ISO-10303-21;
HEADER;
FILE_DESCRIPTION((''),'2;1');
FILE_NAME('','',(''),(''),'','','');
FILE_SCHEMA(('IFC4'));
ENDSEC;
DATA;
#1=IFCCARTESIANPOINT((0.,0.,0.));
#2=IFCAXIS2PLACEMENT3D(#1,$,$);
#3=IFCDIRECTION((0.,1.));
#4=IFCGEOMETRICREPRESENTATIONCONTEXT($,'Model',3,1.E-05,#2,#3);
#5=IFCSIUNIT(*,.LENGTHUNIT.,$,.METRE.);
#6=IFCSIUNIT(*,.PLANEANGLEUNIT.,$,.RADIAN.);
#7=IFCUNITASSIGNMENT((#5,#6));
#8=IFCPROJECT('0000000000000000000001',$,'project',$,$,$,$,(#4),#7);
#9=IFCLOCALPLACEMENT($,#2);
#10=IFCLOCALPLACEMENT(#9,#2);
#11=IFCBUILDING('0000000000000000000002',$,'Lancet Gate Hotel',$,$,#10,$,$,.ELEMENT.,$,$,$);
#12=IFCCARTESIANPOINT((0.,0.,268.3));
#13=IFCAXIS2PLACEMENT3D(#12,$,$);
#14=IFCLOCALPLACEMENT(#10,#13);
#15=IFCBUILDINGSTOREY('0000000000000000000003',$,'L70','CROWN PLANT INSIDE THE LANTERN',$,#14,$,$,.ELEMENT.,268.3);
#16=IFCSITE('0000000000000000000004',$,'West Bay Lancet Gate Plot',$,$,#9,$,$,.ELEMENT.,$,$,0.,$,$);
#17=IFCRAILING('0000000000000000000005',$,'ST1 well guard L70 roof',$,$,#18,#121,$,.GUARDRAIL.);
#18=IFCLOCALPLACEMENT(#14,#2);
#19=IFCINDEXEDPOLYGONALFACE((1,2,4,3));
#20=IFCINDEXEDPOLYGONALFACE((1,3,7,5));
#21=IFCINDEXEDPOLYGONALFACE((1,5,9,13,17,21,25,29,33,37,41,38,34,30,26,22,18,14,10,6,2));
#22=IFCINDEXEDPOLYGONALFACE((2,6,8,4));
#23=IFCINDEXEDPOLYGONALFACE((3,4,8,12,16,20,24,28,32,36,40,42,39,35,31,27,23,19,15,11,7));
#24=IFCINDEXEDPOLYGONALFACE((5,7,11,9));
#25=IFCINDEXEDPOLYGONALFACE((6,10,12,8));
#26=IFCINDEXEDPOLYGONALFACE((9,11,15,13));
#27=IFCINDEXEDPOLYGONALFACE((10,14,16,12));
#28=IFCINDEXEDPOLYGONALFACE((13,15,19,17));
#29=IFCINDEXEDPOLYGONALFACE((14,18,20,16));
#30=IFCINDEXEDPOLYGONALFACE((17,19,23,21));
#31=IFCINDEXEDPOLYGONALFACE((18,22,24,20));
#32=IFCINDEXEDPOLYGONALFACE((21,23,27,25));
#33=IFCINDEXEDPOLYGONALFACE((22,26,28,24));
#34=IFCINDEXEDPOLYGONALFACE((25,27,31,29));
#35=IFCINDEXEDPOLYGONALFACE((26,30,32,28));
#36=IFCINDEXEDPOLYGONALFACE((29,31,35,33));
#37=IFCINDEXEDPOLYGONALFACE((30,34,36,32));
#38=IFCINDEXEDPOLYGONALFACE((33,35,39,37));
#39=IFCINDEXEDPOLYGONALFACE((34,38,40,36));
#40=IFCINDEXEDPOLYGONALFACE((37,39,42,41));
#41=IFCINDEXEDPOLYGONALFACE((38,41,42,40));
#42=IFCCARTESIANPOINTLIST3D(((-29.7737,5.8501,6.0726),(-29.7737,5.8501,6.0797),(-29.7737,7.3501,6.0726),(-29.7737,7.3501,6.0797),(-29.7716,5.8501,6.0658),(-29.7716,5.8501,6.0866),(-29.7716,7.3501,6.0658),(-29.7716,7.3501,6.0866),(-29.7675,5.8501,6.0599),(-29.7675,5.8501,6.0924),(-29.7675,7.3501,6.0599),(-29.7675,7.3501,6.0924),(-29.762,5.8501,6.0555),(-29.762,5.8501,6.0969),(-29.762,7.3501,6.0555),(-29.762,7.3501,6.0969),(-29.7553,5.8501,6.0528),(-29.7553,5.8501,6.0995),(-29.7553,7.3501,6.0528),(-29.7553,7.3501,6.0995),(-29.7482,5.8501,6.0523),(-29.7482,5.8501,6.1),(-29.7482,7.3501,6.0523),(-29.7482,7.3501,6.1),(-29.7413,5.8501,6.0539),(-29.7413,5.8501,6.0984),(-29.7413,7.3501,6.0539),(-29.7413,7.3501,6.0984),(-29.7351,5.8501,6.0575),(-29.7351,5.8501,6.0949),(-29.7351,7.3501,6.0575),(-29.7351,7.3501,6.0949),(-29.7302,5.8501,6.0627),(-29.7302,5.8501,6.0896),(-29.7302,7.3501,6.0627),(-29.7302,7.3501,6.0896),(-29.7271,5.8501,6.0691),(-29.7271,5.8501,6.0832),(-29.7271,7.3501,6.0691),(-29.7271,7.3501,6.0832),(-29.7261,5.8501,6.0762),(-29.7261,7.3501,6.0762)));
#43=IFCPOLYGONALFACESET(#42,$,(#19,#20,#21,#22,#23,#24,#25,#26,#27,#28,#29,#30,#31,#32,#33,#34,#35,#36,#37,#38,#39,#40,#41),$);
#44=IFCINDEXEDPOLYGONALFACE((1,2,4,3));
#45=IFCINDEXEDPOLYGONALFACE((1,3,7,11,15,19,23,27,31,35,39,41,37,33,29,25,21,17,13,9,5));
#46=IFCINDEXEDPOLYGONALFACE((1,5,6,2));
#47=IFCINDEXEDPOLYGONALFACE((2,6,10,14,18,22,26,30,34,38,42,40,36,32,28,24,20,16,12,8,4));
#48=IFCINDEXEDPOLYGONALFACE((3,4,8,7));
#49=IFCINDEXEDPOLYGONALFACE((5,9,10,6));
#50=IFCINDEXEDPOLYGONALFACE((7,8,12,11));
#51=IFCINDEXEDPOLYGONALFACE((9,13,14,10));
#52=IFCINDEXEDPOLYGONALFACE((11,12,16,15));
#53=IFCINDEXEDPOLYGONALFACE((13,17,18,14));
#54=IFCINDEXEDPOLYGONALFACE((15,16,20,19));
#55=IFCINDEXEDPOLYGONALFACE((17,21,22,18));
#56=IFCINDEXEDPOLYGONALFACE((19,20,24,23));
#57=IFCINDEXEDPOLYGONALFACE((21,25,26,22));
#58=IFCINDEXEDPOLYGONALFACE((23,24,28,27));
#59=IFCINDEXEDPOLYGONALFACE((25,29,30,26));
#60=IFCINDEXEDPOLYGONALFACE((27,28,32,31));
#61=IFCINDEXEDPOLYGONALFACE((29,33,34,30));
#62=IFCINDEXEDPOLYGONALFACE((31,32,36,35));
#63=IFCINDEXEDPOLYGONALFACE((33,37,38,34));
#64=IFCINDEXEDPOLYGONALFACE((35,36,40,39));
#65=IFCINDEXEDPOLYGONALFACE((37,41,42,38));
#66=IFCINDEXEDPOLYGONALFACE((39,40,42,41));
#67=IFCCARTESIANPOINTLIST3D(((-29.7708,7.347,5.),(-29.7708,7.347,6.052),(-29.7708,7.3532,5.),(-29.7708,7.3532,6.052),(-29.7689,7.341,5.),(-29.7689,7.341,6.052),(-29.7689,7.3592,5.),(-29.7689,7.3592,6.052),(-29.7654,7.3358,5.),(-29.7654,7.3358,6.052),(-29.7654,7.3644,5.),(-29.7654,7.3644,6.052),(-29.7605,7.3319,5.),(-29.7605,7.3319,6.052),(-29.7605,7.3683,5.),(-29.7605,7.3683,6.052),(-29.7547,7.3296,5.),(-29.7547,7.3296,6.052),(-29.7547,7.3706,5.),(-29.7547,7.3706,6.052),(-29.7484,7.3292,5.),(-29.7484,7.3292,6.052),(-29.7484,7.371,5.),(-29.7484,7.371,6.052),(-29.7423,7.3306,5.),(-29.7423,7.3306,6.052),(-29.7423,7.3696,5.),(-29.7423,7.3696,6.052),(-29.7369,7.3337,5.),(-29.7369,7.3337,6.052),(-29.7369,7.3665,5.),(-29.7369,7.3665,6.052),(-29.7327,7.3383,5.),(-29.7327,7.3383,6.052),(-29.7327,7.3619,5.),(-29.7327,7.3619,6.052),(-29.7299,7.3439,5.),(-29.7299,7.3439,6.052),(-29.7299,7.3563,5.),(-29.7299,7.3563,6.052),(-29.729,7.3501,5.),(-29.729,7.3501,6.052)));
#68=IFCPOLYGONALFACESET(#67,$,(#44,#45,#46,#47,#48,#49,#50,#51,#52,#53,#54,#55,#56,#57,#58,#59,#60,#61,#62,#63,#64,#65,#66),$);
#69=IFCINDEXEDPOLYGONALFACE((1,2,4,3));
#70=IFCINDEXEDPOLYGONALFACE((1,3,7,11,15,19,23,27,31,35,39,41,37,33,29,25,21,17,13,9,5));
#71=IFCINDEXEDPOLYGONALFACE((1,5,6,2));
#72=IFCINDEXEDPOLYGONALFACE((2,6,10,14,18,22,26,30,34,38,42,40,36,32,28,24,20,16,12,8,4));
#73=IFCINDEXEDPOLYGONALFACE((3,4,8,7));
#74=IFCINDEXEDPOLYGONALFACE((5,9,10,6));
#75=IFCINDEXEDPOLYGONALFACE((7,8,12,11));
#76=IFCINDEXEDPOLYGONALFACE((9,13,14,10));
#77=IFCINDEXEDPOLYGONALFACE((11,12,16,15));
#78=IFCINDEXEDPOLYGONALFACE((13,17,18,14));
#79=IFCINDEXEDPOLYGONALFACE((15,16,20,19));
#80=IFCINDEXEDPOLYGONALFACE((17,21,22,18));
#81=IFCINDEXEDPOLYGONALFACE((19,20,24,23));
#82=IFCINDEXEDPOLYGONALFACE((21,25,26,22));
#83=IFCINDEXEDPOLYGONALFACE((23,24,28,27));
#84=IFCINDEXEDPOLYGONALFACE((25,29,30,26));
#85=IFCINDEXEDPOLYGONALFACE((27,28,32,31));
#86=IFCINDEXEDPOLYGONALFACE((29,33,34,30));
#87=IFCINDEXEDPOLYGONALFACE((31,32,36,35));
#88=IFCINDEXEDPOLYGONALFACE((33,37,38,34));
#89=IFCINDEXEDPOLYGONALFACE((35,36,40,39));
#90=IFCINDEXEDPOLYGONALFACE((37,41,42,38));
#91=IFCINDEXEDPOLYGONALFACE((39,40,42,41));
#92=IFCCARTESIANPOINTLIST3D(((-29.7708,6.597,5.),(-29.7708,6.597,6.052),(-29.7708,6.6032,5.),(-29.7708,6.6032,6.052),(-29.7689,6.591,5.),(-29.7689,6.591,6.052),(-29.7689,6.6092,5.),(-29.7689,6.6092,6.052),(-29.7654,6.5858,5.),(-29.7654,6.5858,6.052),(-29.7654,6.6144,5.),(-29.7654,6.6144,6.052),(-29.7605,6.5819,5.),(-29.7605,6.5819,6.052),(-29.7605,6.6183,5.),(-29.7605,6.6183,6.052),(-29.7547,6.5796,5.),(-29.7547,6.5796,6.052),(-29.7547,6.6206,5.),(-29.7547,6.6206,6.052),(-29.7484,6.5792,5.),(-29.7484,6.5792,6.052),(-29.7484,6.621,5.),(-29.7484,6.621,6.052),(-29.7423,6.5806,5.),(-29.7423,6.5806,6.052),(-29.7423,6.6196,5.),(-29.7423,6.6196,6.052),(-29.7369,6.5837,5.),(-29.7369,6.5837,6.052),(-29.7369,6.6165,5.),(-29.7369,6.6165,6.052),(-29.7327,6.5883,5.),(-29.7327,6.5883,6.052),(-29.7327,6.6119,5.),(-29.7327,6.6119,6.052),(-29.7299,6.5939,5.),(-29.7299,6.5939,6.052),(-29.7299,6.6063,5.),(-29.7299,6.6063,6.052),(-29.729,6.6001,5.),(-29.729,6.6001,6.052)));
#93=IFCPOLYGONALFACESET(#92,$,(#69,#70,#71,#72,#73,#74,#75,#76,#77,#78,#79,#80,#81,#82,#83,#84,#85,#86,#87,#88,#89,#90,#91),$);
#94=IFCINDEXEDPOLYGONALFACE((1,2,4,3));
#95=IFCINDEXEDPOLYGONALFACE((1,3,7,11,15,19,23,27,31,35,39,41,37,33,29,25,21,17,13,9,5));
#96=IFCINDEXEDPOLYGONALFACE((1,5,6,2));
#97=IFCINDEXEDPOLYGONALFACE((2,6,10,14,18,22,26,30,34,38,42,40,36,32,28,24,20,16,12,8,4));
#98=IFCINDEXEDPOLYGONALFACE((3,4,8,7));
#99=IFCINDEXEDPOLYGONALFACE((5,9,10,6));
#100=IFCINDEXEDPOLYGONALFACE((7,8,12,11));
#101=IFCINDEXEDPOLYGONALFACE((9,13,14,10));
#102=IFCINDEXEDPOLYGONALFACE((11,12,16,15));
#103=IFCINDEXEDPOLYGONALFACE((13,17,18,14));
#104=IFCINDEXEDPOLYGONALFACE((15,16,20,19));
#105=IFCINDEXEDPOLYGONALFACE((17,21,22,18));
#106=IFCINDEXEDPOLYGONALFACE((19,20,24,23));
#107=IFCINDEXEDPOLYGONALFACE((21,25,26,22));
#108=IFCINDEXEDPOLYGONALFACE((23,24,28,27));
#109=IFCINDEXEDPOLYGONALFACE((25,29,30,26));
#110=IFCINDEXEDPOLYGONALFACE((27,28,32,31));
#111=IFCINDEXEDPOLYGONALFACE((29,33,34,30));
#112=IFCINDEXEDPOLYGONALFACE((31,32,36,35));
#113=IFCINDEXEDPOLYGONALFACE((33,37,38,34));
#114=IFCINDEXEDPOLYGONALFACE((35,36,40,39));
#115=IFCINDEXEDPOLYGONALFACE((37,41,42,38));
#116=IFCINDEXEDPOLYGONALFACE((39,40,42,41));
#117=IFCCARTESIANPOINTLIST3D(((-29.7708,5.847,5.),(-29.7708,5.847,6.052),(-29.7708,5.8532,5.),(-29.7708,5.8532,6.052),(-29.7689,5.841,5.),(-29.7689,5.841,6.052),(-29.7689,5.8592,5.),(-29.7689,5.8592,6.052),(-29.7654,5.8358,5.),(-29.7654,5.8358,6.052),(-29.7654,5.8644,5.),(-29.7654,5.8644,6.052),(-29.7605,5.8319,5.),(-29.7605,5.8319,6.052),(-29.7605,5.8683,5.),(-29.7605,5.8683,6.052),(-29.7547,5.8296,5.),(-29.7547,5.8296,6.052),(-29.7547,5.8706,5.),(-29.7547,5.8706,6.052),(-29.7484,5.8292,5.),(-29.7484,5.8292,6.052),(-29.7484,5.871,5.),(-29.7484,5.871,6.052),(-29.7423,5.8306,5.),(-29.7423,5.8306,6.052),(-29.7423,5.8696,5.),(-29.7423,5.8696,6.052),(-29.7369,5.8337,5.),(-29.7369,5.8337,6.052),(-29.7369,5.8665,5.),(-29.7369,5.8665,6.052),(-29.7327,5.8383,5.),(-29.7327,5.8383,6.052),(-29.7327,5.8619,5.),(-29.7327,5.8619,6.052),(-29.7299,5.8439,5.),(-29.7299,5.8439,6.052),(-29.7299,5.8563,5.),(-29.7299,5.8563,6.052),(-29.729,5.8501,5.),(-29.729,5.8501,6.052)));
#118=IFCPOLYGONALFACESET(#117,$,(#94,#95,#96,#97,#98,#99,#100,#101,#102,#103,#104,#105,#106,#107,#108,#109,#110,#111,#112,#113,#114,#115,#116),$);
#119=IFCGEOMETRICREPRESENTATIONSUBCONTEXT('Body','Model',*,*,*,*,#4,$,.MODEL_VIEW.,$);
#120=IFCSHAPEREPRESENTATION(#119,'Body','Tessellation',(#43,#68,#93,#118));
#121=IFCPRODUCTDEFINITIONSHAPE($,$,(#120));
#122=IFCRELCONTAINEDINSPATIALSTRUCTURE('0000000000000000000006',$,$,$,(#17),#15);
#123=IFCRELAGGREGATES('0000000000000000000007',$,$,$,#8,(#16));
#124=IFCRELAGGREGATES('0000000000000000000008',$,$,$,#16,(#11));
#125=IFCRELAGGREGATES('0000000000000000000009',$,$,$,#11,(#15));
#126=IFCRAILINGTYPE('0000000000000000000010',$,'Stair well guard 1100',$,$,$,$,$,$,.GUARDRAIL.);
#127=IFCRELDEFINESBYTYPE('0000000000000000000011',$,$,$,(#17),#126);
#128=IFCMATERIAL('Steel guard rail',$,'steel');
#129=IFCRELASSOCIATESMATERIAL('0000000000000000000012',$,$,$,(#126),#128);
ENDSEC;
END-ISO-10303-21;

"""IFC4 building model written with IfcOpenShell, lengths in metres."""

from ifc_helpers import new_model, si_unit, direction, frame, origin, origin_2d, place, context, subcontext, project, spatial, circle, extrude, material, type_object, element, save


model = new_model("IFC4")

# Units and contexts
model_context = context("Model", 3, precision=1e-05, world=origin(), true_north=direction((0.0, 1.0)))
body_context = subcontext(model_context, "Body", "Model", "MODEL_VIEW")
ifc_project = project(units=[si_unit("LENGTHUNIT", "METRE"), si_unit("PLANEANGLEUNIT", "RADIAN")], contexts=[model_context])

# Site, building, storey
site_placement = place(None, origin())
site = spatial("IfcSite", under=ifc_project, at=site_placement, Name="West Bay Lancet Gate Plot", CompositionType="ELEMENT", RefElevation=0.0)
building_placement = place(site_placement, origin())
building = spatial("IfcBuilding", under=site, at=building_placement, Name="Lancet Gate Hotel", CompositionType="ELEMENT")
storey_placement = place(building_placement, frame((0.0, 0.0, 268.3)))
storey = spatial("IfcBuildingStorey", under=building, at=storey_placement, Name="L70", Description="CROWN PLANT INSIDE THE LANTERN", CompositionType="ELEMENT", Elevation=268.3)

# Railing
ifc_material_1 = material(Name="Steel guard rail", Category="steel")
railing_type_1 = type_object("IfcRailingType", Name="Stair well guard 1100", PredefinedType="GUARDRAIL", material=ifc_material_1)
railing_1_placement = place(storey_placement, frame((-29.75, 7.3501, 5.0)))
element("IfcRailing", 1, at=railing_1_placement, inside=storey, type_object=railing_type_1, Name="ST1 well guard L70 roof", PredefinedType="GUARDRAIL", context=body_context, shape_type="SweptSolid", body=[
    extrude(circle(Radius=0.0239, at=origin_2d()), frame((0.0, 0.0, 1.0762), z_axis=(0.0, -1.0, 0.0), x_axis=(1.0, 0.0, 0.0)), (0.0, 0.0, 1.0), 1.5),
    extrude(circle(Radius=0.021, at=origin_2d()), origin(), (0.0, 0.0, 1.0), 1.052),
    extrude(circle(Radius=0.021, at=origin_2d()), frame((0.0, -0.75, 0.0)), (0.0, 0.0, 1.0), 1.052),
    extrude(circle(Radius=0.021, at=origin_2d()), frame((0.0, -1.5, 0.0)), (0.0, 0.0, 1.0), 1.052),
])

save(model, "model.ifc")
